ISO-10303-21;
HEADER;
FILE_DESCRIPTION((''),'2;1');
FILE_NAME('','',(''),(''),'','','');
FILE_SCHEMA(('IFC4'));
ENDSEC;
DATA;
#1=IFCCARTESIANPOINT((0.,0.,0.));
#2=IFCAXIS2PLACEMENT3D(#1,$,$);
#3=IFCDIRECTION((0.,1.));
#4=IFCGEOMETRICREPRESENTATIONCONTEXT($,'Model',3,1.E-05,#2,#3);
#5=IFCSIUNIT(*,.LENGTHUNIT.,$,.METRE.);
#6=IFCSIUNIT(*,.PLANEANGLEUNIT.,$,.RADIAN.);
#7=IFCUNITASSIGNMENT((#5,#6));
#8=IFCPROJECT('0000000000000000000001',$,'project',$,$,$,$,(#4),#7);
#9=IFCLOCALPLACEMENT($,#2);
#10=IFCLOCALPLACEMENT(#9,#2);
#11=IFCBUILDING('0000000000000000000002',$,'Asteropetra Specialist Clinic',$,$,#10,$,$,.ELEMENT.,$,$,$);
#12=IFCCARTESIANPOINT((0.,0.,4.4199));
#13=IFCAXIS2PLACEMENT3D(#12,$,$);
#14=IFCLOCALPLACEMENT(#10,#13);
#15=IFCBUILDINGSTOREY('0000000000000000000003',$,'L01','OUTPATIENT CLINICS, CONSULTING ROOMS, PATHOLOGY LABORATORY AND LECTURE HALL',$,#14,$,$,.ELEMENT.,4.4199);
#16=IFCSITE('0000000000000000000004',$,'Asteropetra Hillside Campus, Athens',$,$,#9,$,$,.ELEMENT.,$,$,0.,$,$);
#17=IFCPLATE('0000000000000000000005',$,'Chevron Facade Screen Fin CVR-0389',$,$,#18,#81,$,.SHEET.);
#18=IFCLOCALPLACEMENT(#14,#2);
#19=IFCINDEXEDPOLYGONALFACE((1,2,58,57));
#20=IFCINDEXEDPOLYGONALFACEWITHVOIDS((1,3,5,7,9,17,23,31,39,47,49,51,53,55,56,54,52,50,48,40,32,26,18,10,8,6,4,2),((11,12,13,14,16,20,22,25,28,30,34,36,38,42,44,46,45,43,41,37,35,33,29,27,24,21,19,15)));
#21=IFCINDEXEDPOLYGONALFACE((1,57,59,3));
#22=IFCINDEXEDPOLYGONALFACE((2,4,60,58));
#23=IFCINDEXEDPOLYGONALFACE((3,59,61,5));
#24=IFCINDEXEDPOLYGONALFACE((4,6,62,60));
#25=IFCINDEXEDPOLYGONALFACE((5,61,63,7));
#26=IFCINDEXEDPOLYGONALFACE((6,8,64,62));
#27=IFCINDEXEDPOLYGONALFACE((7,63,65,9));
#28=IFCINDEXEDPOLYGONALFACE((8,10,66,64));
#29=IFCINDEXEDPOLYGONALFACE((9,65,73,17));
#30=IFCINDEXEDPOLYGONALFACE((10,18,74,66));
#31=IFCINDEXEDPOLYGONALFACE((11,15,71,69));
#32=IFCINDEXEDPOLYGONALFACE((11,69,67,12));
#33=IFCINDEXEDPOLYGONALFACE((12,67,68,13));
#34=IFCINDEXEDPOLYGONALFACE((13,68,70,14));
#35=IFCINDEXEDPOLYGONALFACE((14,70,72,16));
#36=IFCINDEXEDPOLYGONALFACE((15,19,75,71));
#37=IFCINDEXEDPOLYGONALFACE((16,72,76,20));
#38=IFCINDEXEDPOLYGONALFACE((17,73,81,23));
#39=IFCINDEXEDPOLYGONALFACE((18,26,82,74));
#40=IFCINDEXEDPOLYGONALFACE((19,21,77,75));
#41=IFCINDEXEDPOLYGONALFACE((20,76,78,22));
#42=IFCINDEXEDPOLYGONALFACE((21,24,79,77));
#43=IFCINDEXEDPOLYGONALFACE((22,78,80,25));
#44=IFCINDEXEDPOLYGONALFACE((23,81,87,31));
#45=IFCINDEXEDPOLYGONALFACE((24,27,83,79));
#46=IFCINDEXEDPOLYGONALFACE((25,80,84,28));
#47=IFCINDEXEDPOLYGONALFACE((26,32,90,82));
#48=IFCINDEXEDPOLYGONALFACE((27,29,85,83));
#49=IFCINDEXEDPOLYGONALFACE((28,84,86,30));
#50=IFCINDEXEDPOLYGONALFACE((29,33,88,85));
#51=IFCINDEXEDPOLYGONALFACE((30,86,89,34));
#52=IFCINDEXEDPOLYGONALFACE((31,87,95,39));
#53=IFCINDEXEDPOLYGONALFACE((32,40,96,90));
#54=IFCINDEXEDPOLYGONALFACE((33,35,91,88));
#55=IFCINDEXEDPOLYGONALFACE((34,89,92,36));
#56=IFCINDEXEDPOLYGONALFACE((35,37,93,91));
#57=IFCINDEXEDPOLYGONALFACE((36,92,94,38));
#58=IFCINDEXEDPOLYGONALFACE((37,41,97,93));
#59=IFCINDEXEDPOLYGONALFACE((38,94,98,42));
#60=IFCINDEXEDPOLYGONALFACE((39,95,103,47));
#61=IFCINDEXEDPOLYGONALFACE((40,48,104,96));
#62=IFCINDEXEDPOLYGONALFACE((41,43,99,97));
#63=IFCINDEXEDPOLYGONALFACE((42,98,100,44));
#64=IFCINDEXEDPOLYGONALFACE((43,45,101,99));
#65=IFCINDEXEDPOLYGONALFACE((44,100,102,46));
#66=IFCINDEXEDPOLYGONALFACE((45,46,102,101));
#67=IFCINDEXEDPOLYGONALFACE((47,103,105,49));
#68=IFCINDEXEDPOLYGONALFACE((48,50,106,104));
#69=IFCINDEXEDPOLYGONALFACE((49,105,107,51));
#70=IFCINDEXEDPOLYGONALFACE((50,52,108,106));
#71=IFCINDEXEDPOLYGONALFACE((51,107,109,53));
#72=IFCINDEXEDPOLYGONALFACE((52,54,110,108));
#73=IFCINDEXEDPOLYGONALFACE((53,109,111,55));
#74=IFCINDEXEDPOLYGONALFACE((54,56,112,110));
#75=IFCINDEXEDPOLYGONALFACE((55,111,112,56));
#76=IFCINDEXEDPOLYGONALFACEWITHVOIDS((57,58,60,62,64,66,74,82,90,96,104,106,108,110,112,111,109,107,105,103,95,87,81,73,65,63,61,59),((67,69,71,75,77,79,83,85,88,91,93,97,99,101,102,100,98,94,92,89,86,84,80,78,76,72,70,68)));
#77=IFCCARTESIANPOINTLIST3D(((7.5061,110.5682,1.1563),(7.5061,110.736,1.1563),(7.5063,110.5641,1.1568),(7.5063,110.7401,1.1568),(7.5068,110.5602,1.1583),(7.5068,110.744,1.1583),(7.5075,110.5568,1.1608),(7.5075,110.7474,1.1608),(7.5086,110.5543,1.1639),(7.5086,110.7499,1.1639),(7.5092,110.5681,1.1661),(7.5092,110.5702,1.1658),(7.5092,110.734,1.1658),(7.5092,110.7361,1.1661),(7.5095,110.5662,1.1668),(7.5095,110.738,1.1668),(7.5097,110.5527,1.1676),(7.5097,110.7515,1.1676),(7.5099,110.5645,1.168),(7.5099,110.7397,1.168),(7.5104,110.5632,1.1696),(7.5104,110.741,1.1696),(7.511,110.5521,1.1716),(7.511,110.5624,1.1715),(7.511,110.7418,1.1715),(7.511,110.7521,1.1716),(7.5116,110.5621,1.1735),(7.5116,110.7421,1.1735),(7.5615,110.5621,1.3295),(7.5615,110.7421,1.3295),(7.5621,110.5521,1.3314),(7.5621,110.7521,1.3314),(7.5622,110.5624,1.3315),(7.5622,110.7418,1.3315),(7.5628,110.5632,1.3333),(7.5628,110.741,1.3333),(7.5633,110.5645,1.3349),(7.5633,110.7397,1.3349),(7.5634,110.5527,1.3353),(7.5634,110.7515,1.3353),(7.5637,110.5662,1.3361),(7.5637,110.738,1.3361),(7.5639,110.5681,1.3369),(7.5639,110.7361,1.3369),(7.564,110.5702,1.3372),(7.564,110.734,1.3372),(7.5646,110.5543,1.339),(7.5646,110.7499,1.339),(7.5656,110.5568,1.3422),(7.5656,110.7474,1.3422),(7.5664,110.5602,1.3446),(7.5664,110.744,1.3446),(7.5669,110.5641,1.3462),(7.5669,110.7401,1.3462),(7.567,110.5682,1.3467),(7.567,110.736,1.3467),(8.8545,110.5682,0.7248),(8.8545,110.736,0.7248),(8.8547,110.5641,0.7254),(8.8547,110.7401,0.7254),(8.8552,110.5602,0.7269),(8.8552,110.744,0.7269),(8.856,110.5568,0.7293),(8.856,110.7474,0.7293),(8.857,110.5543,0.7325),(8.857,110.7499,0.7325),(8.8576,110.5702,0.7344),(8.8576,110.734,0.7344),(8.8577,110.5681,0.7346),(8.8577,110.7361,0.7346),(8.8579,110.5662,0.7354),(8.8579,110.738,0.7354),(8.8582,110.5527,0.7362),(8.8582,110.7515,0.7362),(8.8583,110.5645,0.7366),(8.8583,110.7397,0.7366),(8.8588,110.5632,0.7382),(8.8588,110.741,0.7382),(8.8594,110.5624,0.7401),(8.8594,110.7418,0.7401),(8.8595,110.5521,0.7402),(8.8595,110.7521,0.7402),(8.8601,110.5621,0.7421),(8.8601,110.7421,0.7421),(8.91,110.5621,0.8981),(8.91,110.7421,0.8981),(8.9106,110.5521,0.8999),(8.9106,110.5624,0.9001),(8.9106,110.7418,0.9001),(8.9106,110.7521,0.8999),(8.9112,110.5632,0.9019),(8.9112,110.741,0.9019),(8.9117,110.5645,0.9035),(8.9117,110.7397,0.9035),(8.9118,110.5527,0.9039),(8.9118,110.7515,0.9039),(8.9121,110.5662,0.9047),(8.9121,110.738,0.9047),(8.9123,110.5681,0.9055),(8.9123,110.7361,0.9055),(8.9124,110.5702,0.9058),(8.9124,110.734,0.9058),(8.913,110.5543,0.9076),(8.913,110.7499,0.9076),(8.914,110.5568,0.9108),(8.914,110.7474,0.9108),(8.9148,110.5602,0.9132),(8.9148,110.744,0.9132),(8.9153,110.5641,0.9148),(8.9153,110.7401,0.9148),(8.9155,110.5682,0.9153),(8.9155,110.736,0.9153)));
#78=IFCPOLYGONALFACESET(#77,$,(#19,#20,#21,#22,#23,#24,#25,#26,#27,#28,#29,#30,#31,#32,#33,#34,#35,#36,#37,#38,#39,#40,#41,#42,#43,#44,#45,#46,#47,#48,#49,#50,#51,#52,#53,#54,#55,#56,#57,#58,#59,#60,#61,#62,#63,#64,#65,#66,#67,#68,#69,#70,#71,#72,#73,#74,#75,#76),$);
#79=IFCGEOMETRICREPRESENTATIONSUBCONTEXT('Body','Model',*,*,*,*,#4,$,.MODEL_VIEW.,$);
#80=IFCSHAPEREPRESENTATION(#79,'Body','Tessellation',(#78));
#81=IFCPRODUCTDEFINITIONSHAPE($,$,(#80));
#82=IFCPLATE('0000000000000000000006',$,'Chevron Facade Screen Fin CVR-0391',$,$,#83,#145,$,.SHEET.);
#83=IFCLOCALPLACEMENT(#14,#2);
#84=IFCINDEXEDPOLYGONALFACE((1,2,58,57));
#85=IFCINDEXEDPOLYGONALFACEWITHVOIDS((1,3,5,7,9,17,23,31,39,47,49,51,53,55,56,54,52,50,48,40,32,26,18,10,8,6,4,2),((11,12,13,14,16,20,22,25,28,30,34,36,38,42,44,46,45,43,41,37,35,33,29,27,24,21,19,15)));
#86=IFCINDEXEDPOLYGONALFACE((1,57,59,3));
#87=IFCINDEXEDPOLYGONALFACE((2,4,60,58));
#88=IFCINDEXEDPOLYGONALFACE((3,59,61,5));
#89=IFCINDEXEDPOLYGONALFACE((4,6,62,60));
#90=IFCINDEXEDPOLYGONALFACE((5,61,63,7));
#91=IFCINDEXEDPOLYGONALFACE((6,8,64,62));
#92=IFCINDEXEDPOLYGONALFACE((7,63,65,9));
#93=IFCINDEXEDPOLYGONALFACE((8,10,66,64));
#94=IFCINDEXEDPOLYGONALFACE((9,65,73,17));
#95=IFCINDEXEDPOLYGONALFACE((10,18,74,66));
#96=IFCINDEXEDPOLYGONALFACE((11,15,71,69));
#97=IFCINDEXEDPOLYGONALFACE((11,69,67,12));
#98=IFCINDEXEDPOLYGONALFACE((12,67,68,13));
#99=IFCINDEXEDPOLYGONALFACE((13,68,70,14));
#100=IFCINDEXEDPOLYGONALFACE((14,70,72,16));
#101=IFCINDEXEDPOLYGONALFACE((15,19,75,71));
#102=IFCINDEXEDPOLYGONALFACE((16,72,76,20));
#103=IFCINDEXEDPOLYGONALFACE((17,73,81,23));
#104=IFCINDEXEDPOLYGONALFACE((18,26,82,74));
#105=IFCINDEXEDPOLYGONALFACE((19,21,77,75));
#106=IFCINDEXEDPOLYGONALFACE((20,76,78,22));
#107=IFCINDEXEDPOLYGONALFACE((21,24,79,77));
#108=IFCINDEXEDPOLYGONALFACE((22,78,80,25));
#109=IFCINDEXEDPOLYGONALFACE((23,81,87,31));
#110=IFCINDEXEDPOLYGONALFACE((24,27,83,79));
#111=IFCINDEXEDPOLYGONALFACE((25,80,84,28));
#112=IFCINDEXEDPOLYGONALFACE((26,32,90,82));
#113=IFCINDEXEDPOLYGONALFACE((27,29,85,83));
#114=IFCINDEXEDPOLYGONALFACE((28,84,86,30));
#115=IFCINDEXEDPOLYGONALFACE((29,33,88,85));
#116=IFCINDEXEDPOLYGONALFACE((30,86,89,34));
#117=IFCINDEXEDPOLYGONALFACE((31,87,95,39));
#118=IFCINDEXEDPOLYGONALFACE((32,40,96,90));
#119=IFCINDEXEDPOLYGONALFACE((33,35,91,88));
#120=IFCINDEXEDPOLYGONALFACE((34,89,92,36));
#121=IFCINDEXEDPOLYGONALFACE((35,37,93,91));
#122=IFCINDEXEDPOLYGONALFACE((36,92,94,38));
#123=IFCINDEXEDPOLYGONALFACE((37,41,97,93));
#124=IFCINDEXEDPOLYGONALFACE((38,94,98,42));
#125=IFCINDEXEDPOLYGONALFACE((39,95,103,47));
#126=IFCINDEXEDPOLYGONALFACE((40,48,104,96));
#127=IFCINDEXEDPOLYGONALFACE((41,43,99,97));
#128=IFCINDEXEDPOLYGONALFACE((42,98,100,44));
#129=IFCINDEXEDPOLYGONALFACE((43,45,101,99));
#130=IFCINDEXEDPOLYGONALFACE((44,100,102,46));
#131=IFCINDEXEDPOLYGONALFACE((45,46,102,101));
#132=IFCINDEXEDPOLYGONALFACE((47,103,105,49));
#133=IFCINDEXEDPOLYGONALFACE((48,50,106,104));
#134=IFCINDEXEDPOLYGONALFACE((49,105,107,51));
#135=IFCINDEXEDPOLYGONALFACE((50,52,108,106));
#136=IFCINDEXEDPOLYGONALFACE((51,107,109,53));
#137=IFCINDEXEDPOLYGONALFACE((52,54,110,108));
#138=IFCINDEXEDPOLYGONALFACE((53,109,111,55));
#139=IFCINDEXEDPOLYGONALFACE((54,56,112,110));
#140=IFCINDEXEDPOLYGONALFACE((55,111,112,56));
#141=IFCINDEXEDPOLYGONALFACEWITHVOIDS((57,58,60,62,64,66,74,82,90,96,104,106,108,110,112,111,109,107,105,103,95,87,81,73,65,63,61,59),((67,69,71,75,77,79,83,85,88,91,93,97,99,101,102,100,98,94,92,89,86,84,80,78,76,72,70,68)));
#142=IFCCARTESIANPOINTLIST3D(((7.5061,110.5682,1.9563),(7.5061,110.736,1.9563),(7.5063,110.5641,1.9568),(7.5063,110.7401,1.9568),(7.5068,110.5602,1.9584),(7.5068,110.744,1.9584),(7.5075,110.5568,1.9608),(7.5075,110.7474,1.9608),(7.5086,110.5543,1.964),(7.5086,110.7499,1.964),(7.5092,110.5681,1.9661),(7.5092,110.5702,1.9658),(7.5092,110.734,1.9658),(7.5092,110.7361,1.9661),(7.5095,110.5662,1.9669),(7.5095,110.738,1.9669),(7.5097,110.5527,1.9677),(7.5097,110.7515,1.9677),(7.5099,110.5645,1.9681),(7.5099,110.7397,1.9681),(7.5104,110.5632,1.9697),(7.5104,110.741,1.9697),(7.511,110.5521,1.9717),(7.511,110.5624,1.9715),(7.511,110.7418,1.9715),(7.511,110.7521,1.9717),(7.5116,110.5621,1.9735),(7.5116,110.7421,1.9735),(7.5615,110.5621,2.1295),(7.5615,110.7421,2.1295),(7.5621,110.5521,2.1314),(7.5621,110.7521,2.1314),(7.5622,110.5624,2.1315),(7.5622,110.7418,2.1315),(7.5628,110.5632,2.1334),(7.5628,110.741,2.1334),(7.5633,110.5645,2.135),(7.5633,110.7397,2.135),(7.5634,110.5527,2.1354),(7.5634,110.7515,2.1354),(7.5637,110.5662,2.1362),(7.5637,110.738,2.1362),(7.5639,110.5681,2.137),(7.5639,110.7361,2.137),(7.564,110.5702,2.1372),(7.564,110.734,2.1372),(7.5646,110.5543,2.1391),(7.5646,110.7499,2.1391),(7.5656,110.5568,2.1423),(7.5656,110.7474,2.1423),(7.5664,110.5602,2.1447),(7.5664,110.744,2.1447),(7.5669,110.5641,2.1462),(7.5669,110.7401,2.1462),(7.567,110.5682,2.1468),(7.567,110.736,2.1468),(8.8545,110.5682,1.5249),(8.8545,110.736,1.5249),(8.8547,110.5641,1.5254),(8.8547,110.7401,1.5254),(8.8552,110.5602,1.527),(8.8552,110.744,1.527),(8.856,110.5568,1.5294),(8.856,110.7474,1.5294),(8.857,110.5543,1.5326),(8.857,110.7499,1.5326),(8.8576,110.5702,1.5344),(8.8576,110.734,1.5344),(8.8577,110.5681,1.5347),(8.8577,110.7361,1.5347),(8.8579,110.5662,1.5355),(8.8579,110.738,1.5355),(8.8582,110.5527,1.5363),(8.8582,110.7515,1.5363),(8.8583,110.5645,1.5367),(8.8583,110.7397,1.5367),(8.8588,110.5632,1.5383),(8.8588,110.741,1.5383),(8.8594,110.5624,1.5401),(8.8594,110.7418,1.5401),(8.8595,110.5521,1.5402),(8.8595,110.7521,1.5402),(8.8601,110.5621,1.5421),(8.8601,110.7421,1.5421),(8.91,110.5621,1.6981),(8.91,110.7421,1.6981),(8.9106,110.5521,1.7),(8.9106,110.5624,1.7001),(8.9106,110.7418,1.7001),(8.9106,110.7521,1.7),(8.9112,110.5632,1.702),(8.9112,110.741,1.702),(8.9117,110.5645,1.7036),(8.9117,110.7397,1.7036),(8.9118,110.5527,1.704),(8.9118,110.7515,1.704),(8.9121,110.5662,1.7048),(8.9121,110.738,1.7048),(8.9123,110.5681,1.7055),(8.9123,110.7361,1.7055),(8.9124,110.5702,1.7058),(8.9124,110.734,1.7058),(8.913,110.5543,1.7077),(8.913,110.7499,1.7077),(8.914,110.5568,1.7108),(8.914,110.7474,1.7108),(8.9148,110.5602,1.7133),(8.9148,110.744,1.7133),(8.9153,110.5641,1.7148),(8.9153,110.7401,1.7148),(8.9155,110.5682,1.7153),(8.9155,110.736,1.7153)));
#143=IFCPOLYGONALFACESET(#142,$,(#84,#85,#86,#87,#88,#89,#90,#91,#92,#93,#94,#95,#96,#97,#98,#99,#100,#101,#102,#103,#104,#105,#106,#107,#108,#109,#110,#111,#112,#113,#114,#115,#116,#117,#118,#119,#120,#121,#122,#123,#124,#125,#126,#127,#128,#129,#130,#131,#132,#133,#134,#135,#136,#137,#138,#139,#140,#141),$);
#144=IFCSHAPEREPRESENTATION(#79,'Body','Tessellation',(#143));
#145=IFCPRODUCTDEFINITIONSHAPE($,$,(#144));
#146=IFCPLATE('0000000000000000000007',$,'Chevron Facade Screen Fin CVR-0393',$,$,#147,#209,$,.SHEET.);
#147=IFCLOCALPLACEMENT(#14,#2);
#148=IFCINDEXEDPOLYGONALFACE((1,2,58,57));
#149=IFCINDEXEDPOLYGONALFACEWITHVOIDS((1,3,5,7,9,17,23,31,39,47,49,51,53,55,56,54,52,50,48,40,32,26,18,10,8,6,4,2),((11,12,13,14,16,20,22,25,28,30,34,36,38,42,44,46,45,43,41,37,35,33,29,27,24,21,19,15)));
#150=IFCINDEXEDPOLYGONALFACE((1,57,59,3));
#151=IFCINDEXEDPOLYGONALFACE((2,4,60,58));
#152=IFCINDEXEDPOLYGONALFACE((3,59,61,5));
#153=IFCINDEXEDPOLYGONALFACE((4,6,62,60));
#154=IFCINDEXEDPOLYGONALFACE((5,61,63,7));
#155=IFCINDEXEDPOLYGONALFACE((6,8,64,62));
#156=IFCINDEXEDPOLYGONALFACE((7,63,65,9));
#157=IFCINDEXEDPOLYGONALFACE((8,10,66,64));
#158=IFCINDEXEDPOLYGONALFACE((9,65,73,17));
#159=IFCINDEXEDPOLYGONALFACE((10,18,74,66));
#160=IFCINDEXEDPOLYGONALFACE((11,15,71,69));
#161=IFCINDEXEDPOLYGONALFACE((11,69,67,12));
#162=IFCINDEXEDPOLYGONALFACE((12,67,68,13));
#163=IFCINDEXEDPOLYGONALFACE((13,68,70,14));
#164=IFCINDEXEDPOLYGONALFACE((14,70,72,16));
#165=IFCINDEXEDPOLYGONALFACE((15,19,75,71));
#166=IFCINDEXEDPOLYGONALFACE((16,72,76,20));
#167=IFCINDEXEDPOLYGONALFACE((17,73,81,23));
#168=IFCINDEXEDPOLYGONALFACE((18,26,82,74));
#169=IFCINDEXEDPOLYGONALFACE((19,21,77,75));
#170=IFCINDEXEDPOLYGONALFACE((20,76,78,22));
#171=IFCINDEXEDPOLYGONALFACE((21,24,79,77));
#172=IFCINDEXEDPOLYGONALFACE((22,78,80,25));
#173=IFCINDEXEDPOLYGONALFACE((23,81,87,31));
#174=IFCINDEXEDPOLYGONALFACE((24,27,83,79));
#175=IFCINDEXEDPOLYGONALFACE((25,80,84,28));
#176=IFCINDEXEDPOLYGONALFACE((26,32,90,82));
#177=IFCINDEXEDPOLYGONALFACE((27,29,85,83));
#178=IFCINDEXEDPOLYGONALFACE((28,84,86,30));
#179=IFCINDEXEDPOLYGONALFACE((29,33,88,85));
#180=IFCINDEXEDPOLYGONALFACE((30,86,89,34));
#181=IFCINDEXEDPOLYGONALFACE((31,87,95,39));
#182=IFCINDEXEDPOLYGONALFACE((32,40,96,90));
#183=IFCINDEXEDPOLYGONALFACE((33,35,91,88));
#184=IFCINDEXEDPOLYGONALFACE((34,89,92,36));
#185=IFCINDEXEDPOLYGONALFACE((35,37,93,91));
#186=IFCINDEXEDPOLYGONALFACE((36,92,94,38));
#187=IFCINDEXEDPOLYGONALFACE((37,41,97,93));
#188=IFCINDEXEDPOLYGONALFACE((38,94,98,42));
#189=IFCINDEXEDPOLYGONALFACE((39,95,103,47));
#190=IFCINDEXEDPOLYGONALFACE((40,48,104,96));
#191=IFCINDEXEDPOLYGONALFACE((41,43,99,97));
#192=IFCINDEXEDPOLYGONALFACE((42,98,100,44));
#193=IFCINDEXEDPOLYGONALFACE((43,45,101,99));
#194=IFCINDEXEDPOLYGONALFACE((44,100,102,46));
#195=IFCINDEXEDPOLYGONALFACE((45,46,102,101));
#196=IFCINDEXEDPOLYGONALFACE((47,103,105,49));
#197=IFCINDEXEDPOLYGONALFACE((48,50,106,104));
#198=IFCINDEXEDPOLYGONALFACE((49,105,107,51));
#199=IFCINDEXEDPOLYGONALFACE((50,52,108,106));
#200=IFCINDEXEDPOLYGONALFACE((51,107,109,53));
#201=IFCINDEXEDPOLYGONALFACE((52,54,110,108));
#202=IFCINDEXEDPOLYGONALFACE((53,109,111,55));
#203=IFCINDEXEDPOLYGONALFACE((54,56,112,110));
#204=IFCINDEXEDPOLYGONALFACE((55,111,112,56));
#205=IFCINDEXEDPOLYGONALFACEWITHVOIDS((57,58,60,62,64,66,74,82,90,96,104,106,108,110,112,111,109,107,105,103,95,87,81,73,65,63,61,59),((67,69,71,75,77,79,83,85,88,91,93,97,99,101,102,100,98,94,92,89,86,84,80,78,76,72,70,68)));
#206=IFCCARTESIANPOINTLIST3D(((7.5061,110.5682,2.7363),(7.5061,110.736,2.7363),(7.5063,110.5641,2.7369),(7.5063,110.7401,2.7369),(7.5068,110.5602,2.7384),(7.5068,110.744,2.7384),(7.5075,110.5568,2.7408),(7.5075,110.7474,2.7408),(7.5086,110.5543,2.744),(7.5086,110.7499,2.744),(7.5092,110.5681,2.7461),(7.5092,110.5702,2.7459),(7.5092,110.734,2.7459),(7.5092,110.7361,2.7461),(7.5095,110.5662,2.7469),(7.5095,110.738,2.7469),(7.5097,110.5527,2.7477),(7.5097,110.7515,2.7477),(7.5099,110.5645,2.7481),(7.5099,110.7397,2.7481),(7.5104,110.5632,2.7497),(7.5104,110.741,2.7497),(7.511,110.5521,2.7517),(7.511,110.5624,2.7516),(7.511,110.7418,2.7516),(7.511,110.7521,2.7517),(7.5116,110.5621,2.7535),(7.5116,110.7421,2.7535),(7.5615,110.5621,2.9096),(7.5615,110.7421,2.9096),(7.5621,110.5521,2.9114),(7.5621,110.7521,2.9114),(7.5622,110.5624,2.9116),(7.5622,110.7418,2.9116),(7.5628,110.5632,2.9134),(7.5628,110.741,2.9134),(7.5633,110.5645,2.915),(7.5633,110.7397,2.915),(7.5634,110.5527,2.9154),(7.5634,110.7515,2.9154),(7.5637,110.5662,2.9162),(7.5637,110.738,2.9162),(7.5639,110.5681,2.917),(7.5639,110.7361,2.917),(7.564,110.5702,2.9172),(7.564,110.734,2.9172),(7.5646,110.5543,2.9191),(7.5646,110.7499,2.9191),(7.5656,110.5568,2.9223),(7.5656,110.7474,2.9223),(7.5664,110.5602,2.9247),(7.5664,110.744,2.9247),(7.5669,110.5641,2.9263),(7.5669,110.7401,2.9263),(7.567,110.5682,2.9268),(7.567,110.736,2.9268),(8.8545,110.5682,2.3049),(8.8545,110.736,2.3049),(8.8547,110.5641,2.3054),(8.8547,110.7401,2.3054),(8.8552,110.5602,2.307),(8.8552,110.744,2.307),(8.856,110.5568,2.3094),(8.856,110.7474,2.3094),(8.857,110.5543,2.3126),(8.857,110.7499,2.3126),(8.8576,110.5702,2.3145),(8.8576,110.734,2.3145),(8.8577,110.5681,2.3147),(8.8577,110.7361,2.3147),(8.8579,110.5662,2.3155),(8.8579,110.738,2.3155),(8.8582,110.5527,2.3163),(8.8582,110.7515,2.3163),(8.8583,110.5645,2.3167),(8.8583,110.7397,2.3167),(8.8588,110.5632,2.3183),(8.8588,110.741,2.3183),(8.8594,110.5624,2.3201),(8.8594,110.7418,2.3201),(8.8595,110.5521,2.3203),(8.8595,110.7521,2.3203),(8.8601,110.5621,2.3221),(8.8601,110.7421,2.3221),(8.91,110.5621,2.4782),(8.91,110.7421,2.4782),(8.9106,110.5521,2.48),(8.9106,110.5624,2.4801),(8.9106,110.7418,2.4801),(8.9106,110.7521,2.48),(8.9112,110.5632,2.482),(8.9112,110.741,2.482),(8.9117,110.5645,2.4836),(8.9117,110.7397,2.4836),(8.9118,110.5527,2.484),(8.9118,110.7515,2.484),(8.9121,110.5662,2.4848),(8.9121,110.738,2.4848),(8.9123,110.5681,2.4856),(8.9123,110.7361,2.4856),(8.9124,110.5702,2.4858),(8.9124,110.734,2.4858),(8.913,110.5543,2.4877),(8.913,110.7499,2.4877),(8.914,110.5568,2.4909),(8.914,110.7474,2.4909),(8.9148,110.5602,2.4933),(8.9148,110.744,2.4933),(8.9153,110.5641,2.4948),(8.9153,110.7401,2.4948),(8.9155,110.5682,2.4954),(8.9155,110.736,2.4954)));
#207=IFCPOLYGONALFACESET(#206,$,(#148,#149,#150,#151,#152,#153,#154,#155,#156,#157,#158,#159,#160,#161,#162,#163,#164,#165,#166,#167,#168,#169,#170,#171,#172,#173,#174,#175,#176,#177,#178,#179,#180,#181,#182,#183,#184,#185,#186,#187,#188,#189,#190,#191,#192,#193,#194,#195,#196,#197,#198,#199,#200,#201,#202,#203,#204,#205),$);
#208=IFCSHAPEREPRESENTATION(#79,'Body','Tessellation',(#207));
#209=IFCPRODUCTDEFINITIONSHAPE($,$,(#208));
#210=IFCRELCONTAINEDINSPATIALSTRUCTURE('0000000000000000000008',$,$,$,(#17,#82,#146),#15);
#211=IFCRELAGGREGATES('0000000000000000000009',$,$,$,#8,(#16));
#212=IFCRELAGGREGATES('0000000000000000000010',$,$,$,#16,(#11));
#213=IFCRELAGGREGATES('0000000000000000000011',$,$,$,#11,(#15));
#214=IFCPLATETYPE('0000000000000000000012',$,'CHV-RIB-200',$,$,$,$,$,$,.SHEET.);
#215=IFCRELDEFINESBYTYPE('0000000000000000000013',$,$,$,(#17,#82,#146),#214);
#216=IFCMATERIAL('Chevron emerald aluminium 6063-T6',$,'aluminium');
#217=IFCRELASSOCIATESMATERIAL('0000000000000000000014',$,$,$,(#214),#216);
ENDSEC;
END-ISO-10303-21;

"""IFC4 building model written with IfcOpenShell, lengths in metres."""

from ifc_helpers import new_model, si_unit, direction, frame, origin, origin_2d, place, context, subcontext, project, spatial, hollow_rectangle, extrude, material, material_profile, profile_set, type_object, element, save


model = new_model("IFC4")

# Units and contexts
model_context = context("Model", 3, precision=1e-05, world=origin(), true_north=direction((0.0, 1.0)))
body_context = subcontext(model_context, "Body", "Model", "MODEL_VIEW")
ifc_project = project(units=[si_unit("LENGTHUNIT", "METRE"), si_unit("PLANEANGLEUNIT", "RADIAN")], contexts=[model_context])

# Site, building, storey
site_placement = place(None, origin())
site = spatial("IfcSite", under=ifc_project, at=site_placement, Name="Asteropetra Hillside Campus, Athens", CompositionType="ELEMENT", RefElevation=0.0)
building_placement = place(site_placement, origin())
building = spatial("IfcBuilding", under=site, at=building_placement, Name="Asteropetra Specialist Clinic", CompositionType="ELEMENT")
storey_placement = place(building_placement, frame((0.0, 0.0, 4.4199)))
storey = spatial("IfcBuildingStorey", under=building, at=storey_placement, Name="L01", Description="OUTPATIENT CLINICS, CONSULTING ROOMS, PATHOLOGY LABORATORY AND LECTURE HALL", CompositionType="ELEMENT", Elevation=4.4199)

# Plates
ifc_material_1 = material(Name="Chevron emerald aluminium 6063-T6", Category="aluminium")
ifc_material_profile_1 = material_profile(ifc_material_1, hollow_rectangle(XDim=0.2, YDim=0.2, WallThickness=0.01, InnerFilletRadius=0.0081, OuterFilletRadius=0.0161, at=origin_2d()), Name="SHS 200x200x10.0")
ifc_profile_set_1 = profile_set([ifc_material_profile_1], Name="Chevron emerald aluminium 6063-T6")
plate_type_1 = type_object("IfcPlateType", Name="CHV-RIB-200", PredefinedType="SHEET", material=ifc_profile_set_1)
for number, where, z_axis, x_axis, name in (
    (1, (8.885, 110.6521, 0.8201), (-0.952442, 0.0, 0.304719), (0.0, -1.0, 0.0), "Chevron Facade Screen Fin CVR-0389"),
    (2, (8.885, 110.6521, 1.6201), (-0.952442, 0.0, 0.304719), (0.0, -1.0, 0.0), "Chevron Facade Screen Fin CVR-0391"),
    (3, (8.885, 110.6521, 2.4001), (-0.952442, 0.0, 0.304719), (0.0, -1.0, 0.0), "Chevron Facade Screen Fin CVR-0393"),
):
    element("IfcPlate", number, at=place(storey_placement, frame(where, z_axis=z_axis, x_axis=x_axis)), inside=storey, type_object=plate_type_1, Name=name, PredefinedType="SHEET", context=body_context, shape_type="SweptSolid", body=[
        extrude(hollow_rectangle(XDim=0.2, YDim=0.2, WallThickness=0.01, InnerFilletRadius=0.0081, OuterFilletRadius=0.0161, at=origin_2d()), origin(), (0.0, 0.0, 1.0), 1.4158),
    ])

save(model, "model.ifc")
